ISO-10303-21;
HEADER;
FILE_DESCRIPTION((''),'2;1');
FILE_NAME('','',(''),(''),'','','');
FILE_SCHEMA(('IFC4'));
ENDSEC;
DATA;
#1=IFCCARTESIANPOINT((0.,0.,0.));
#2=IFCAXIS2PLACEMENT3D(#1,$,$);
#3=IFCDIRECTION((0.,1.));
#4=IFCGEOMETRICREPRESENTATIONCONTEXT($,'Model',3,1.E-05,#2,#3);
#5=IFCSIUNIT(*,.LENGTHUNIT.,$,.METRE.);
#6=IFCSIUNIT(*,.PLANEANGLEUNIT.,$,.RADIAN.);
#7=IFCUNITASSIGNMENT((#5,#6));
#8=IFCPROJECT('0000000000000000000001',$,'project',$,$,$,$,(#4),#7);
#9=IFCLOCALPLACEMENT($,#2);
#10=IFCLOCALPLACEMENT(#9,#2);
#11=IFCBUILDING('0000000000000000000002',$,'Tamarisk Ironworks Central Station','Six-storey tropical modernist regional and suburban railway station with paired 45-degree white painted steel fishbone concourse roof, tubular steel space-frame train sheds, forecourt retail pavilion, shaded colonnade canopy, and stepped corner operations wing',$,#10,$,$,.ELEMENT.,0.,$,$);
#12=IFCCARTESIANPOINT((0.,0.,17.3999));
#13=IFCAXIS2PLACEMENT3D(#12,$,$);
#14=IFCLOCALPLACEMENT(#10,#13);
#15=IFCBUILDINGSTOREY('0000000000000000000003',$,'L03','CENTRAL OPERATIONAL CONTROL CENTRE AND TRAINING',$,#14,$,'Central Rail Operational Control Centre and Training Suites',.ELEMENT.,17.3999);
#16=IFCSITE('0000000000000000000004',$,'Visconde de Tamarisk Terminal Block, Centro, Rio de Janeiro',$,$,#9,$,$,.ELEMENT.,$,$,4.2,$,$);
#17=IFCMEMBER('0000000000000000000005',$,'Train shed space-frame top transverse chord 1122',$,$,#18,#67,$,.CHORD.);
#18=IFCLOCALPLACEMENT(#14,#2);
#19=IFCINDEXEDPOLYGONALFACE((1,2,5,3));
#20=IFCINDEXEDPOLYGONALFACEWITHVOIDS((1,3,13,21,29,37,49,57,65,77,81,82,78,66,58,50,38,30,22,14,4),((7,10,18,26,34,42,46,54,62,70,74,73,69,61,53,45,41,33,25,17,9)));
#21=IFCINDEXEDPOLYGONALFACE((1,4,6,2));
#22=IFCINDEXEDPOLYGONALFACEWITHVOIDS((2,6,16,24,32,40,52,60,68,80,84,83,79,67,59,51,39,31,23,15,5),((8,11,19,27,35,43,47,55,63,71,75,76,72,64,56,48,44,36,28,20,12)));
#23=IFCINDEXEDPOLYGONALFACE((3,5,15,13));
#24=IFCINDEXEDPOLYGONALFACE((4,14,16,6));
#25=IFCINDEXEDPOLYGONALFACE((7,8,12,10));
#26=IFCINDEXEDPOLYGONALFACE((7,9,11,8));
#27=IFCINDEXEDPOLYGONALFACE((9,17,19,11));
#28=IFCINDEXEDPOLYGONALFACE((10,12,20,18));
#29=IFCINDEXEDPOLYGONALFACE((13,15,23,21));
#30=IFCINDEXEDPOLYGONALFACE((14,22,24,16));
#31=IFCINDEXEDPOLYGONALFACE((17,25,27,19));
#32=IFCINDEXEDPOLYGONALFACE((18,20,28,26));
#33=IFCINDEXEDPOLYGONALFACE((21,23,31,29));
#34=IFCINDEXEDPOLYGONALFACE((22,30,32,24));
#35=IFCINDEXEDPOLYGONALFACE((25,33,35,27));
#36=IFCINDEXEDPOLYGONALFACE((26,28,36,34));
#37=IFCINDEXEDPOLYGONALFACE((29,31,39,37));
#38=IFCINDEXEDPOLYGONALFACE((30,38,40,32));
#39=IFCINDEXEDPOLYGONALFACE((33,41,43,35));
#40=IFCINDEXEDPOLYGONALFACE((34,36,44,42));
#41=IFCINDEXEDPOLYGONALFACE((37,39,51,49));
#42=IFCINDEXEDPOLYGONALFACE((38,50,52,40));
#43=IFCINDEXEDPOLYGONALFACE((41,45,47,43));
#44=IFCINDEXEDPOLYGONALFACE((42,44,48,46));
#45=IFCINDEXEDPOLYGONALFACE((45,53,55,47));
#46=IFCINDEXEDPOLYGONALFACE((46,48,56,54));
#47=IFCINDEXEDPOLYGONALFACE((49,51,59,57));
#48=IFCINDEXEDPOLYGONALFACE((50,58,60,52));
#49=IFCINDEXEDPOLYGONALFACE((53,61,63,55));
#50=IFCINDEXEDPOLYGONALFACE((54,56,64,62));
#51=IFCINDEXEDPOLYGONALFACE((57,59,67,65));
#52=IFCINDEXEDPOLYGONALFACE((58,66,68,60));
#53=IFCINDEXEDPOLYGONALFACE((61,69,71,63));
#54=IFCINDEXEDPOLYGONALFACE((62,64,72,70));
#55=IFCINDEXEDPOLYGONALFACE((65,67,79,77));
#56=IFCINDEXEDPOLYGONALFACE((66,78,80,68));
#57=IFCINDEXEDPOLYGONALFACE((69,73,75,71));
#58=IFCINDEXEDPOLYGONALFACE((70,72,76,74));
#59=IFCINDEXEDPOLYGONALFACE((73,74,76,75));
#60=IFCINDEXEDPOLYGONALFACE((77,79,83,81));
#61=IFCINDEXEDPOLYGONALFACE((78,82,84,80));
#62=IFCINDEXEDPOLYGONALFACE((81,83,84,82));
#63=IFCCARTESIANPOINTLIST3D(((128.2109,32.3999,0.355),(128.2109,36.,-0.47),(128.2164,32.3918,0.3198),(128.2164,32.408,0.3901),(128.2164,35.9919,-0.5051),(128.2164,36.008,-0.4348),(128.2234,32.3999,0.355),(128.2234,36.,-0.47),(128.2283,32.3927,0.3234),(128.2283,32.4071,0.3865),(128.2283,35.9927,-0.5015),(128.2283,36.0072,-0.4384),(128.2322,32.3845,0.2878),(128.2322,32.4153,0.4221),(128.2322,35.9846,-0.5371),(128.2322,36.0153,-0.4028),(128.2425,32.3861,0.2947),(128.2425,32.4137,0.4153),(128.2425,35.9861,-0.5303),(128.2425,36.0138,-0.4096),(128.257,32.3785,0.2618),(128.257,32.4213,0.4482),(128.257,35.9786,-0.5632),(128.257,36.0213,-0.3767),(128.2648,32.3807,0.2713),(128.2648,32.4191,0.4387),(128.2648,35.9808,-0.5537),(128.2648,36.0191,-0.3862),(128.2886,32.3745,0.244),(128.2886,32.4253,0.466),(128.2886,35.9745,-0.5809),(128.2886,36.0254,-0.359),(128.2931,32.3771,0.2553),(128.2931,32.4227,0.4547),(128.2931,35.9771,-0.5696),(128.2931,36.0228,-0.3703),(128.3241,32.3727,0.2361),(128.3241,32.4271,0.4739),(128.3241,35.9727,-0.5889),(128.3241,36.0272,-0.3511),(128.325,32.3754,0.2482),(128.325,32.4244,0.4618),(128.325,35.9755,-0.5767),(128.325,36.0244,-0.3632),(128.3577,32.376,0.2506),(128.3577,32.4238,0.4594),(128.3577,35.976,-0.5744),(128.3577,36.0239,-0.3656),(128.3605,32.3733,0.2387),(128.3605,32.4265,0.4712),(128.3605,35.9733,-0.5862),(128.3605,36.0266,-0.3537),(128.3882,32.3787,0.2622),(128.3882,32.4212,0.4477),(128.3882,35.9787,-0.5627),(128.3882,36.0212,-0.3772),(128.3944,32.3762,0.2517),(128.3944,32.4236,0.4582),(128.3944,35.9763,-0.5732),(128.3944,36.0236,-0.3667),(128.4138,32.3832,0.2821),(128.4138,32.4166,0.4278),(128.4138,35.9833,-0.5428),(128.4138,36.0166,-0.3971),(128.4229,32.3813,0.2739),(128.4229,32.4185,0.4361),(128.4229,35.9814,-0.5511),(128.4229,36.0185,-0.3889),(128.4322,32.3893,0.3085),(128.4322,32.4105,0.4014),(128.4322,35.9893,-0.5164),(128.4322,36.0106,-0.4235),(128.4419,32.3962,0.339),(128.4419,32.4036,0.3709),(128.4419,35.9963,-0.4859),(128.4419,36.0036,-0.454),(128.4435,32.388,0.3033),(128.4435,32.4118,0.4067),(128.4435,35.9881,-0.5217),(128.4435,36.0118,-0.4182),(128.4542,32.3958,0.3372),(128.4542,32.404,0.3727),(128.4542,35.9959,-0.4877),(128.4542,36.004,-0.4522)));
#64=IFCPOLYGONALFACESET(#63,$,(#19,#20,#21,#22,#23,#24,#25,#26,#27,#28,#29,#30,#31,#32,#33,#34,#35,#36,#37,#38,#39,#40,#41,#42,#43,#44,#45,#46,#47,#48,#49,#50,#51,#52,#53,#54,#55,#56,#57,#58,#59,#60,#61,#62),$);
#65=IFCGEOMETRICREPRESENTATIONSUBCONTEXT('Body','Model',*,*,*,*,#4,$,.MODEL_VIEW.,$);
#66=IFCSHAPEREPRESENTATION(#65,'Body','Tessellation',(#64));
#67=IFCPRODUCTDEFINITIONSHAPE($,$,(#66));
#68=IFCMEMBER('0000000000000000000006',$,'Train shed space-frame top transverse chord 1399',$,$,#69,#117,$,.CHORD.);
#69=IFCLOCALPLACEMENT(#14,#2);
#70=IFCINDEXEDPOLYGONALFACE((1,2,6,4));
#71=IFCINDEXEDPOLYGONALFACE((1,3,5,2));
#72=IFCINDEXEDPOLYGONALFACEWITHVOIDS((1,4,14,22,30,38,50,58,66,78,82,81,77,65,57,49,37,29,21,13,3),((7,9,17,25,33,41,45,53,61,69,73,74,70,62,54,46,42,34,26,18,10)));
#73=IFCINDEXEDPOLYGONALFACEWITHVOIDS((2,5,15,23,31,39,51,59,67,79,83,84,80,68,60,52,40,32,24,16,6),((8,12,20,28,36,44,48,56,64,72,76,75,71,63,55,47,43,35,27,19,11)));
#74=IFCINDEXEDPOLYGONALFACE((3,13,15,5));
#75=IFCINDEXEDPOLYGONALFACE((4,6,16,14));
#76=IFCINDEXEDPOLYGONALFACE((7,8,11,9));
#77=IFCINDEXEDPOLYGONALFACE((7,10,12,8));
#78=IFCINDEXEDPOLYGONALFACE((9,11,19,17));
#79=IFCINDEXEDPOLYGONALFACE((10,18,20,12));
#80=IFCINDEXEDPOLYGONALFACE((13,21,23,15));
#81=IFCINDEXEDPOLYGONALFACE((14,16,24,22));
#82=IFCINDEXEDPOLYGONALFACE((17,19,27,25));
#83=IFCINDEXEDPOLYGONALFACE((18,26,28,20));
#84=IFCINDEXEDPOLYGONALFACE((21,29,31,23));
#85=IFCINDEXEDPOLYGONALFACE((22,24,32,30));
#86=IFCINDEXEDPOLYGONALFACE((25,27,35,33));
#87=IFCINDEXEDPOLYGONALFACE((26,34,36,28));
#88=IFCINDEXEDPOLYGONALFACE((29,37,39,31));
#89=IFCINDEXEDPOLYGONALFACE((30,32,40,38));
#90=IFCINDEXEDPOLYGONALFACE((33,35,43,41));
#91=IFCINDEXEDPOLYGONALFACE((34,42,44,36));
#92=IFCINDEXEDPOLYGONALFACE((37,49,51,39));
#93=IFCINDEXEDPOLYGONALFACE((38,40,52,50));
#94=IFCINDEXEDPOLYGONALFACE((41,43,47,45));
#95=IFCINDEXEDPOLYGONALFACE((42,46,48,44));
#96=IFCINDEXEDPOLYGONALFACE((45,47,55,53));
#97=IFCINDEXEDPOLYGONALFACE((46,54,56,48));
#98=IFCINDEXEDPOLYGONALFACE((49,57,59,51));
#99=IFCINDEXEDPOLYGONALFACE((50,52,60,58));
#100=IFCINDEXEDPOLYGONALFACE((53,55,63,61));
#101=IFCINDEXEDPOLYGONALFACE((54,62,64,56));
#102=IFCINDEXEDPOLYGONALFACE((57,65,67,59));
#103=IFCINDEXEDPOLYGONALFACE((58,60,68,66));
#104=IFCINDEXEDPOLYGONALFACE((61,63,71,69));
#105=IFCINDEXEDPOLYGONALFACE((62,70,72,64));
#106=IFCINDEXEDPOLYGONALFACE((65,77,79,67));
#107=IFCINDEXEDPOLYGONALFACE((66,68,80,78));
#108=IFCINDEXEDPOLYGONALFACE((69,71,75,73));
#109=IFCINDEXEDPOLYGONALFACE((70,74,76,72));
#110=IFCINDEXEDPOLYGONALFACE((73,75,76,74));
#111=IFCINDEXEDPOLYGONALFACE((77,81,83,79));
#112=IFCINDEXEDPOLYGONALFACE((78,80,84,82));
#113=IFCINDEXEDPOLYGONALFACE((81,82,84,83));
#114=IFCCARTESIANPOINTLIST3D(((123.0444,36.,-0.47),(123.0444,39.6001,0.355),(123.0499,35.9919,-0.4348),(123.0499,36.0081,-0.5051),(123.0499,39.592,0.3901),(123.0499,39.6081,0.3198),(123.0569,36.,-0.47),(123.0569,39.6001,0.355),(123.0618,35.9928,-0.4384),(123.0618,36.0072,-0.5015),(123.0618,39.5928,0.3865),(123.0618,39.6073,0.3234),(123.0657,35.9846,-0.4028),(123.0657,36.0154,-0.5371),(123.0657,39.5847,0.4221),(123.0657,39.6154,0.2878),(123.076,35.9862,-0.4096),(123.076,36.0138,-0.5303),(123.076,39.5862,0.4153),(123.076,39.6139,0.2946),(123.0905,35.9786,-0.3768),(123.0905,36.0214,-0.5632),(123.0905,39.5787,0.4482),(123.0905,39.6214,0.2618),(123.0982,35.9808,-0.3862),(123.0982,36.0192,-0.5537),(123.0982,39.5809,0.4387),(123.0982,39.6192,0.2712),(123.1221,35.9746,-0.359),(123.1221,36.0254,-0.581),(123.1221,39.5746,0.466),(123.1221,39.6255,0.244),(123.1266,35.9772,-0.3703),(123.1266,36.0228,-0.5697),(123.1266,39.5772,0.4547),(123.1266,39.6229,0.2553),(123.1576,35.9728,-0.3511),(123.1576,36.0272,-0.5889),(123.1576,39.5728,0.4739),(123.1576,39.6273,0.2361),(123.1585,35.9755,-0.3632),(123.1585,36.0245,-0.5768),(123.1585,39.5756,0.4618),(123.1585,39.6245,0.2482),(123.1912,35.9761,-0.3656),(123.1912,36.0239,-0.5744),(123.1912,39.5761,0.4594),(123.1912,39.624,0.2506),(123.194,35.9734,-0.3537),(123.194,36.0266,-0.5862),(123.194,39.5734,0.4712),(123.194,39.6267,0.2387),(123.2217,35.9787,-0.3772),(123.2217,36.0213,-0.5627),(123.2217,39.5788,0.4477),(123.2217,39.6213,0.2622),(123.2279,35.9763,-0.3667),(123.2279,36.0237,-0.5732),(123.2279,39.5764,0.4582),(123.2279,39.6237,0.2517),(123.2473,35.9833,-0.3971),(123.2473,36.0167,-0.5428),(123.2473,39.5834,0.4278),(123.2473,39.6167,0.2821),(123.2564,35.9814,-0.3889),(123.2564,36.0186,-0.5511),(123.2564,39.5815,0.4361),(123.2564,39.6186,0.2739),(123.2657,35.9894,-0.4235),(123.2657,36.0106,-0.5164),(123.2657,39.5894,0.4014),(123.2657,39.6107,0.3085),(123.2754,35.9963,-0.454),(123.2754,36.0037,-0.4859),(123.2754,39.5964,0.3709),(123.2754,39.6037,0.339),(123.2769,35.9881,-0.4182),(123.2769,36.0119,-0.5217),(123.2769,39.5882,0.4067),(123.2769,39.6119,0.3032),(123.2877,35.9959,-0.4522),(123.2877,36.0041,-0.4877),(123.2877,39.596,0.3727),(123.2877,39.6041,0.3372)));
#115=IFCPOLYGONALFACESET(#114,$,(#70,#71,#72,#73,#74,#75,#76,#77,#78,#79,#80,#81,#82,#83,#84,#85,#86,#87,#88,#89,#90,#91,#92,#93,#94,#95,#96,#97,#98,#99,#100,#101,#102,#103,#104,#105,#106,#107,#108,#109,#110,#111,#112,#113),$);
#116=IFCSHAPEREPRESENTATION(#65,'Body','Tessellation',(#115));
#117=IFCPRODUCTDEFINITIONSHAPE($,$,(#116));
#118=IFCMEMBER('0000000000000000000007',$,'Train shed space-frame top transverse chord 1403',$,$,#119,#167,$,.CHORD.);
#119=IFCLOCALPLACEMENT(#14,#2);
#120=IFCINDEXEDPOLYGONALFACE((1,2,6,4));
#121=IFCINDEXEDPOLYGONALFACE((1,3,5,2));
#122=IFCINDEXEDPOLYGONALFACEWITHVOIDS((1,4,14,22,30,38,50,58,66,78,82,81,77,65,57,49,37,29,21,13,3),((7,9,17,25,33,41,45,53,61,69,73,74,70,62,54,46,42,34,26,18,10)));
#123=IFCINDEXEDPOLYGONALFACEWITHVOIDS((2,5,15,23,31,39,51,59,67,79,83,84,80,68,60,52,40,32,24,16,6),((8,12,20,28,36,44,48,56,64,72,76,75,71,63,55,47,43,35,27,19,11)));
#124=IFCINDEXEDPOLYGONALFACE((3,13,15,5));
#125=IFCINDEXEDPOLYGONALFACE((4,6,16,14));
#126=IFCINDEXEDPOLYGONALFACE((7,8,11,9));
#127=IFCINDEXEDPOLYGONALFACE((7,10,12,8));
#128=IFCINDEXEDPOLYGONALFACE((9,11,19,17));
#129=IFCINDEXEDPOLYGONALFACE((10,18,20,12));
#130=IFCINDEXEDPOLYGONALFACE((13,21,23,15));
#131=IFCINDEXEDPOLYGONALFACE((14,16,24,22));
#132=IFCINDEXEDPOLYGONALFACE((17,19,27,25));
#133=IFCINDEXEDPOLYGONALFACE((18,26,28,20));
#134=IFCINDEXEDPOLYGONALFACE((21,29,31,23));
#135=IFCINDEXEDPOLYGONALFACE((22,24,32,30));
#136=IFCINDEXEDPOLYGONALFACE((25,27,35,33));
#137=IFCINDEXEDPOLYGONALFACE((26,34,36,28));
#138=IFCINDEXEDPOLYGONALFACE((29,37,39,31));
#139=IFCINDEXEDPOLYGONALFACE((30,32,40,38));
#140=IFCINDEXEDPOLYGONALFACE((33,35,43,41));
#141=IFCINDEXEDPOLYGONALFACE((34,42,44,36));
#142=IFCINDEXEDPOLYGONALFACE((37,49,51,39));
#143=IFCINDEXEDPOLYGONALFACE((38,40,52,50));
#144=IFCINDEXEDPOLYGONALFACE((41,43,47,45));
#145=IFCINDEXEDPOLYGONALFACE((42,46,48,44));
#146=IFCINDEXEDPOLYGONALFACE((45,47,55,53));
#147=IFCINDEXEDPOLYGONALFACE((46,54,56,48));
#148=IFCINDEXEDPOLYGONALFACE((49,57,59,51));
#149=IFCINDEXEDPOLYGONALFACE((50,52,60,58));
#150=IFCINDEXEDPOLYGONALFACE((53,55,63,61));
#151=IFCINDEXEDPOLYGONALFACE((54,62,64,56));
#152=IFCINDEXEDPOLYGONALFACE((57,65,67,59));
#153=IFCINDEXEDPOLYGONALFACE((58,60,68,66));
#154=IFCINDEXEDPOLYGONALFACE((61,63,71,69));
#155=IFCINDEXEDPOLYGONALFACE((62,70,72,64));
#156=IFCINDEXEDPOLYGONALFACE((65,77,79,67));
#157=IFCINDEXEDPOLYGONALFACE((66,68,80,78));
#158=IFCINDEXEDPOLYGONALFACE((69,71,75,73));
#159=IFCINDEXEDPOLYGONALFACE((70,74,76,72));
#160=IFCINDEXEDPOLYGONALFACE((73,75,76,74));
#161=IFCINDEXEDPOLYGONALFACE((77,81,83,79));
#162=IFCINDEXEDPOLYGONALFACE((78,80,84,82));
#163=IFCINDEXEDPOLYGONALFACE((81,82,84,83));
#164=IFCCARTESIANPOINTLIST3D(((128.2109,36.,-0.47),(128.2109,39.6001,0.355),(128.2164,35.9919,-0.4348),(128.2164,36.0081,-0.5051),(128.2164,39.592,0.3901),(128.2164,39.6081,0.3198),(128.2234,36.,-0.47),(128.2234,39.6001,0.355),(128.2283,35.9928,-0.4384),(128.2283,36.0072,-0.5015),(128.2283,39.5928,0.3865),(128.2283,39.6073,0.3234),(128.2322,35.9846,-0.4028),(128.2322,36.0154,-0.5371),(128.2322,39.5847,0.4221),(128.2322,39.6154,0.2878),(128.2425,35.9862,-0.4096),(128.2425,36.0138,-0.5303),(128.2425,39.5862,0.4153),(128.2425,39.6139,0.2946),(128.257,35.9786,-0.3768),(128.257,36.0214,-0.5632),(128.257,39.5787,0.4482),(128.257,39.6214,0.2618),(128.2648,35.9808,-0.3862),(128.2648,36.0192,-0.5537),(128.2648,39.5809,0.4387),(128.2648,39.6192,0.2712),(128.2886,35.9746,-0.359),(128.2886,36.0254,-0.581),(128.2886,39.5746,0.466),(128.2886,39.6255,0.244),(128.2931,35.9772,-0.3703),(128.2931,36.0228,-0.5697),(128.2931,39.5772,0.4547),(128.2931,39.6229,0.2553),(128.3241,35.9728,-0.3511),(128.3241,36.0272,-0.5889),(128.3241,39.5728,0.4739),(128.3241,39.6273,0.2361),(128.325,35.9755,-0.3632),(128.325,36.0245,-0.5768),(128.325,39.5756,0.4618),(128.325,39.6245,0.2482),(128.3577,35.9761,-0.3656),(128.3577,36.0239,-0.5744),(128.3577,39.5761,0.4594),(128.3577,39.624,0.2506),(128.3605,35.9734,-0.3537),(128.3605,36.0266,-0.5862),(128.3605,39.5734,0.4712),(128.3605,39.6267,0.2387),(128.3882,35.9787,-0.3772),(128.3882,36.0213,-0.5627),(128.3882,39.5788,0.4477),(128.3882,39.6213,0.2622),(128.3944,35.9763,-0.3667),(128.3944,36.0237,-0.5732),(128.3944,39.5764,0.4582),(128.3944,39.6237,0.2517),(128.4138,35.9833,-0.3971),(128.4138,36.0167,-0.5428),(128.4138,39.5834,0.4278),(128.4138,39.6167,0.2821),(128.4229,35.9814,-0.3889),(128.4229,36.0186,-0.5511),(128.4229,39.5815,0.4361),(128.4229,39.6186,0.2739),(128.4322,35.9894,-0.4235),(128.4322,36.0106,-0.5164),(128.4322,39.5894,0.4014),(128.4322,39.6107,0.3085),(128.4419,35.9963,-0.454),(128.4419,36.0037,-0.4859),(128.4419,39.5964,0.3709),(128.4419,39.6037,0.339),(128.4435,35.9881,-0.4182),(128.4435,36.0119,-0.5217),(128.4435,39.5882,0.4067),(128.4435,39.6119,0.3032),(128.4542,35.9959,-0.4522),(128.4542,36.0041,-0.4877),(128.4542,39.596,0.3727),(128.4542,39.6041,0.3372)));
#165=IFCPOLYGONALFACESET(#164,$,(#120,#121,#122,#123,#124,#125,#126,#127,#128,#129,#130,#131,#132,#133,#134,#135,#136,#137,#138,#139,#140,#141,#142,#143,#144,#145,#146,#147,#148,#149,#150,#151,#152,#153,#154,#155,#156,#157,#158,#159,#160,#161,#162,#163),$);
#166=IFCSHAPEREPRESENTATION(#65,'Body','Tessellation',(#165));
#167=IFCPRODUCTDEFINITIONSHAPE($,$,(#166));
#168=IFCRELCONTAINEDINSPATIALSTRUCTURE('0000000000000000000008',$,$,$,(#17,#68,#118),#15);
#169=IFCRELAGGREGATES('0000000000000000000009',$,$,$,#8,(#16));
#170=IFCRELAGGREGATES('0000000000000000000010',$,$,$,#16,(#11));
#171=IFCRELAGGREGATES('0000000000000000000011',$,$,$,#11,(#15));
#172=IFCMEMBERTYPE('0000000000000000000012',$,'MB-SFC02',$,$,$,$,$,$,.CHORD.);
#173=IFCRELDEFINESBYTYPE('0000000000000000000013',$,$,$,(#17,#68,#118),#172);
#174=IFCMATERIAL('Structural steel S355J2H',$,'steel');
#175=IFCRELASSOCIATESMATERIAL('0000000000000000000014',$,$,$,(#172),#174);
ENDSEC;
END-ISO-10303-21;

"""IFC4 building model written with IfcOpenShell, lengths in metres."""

from ifc_helpers import new_model, si_unit, direction, frame, origin, origin_2d, place, context, subcontext, project, spatial, hollow_circle, extrude, material, material_profile, profile_set, type_object, element, save


model = new_model("IFC4")

# Units and contexts
model_context = context("Model", 3, precision=1e-05, world=origin(), true_north=direction((0.0, 1.0)))
body_context = subcontext(model_context, "Body", "Model", "MODEL_VIEW")
ifc_project = project(units=[si_unit("LENGTHUNIT", "METRE"), si_unit("PLANEANGLEUNIT", "RADIAN")], contexts=[model_context])

# Site, building, storey
site_placement = place(None, origin())
site = spatial("IfcSite", under=ifc_project, at=site_placement, Name="Visconde de Tamarisk Terminal Block, Centro, Rio de Janeiro", CompositionType="ELEMENT", RefElevation=4.2)
building_placement = place(site_placement, origin())
building = spatial("IfcBuilding", under=site, at=building_placement, Name="Tamarisk Ironworks Central Station", Description="Six-storey tropical modernist regional and suburban railway station with paired 45-degree white painted steel fishbone concourse roof, tubular steel space-frame train sheds, forecourt retail pavilion, shaded colonnade canopy, and stepped corner operations wing", CompositionType="ELEMENT", ElevationOfRefHeight=0.0)
storey_placement = place(building_placement, frame((0.0, 0.0, 17.3999)))
storey = spatial("IfcBuildingStorey", under=building, at=storey_placement, Name="L03", Description="CENTRAL OPERATIONAL CONTROL CENTRE AND TRAINING", LongName="Central Rail Operational Control Centre and Training Suites", CompositionType="ELEMENT", Elevation=17.3999)

# Members
ifc_material_1 = material(Name="Structural steel S355J2H", Category="steel")
ifc_material_profile_1 = material_profile(ifc_material_1, hollow_circle(Radius=0.1223, WallThickness=0.0125, at=origin_2d()), Name="CHS 244.5x12.5")
ifc_profile_set_1 = profile_set([ifc_material_profile_1], Name="Structural steel S355J2H")
member_type_1 = type_object("IfcMemberType", Name="MB-SFC02", PredefinedType="CHORD", material=ifc_profile_set_1)
for number, where, z_axis, x_axis, name in (
    (1, (128.3333, 32.3999, 0.355), (0.0, 0.974737, -0.223358), (-1.0, 0.0, 0.0), "Train shed space-frame top transverse chord 1122"),
    (2, (123.1667, 36.0, -0.47), (0.0, 0.974737, 0.223358), (-1.0, 0.0, 0.0), "Train shed space-frame top transverse chord 1399"),
    (3, (128.3333, 36.0, -0.47), (0.0, 0.974737, 0.223358), (-1.0, 0.0, 0.0), "Train shed space-frame top transverse chord 1403"),
):
    element("IfcMember", number, at=place(storey_placement, frame(where, z_axis=z_axis, x_axis=x_axis)), inside=storey, type_object=member_type_1, Name=name, PredefinedType="CHORD", context=body_context, shape_type="SweptSolid", body=[
        extrude(hollow_circle(Radius=0.1223, WallThickness=0.0125, at=origin_2d()), origin(), (0.0, 0.0, 1.0), 3.6934),
    ])

save(model, "model.ifc")
